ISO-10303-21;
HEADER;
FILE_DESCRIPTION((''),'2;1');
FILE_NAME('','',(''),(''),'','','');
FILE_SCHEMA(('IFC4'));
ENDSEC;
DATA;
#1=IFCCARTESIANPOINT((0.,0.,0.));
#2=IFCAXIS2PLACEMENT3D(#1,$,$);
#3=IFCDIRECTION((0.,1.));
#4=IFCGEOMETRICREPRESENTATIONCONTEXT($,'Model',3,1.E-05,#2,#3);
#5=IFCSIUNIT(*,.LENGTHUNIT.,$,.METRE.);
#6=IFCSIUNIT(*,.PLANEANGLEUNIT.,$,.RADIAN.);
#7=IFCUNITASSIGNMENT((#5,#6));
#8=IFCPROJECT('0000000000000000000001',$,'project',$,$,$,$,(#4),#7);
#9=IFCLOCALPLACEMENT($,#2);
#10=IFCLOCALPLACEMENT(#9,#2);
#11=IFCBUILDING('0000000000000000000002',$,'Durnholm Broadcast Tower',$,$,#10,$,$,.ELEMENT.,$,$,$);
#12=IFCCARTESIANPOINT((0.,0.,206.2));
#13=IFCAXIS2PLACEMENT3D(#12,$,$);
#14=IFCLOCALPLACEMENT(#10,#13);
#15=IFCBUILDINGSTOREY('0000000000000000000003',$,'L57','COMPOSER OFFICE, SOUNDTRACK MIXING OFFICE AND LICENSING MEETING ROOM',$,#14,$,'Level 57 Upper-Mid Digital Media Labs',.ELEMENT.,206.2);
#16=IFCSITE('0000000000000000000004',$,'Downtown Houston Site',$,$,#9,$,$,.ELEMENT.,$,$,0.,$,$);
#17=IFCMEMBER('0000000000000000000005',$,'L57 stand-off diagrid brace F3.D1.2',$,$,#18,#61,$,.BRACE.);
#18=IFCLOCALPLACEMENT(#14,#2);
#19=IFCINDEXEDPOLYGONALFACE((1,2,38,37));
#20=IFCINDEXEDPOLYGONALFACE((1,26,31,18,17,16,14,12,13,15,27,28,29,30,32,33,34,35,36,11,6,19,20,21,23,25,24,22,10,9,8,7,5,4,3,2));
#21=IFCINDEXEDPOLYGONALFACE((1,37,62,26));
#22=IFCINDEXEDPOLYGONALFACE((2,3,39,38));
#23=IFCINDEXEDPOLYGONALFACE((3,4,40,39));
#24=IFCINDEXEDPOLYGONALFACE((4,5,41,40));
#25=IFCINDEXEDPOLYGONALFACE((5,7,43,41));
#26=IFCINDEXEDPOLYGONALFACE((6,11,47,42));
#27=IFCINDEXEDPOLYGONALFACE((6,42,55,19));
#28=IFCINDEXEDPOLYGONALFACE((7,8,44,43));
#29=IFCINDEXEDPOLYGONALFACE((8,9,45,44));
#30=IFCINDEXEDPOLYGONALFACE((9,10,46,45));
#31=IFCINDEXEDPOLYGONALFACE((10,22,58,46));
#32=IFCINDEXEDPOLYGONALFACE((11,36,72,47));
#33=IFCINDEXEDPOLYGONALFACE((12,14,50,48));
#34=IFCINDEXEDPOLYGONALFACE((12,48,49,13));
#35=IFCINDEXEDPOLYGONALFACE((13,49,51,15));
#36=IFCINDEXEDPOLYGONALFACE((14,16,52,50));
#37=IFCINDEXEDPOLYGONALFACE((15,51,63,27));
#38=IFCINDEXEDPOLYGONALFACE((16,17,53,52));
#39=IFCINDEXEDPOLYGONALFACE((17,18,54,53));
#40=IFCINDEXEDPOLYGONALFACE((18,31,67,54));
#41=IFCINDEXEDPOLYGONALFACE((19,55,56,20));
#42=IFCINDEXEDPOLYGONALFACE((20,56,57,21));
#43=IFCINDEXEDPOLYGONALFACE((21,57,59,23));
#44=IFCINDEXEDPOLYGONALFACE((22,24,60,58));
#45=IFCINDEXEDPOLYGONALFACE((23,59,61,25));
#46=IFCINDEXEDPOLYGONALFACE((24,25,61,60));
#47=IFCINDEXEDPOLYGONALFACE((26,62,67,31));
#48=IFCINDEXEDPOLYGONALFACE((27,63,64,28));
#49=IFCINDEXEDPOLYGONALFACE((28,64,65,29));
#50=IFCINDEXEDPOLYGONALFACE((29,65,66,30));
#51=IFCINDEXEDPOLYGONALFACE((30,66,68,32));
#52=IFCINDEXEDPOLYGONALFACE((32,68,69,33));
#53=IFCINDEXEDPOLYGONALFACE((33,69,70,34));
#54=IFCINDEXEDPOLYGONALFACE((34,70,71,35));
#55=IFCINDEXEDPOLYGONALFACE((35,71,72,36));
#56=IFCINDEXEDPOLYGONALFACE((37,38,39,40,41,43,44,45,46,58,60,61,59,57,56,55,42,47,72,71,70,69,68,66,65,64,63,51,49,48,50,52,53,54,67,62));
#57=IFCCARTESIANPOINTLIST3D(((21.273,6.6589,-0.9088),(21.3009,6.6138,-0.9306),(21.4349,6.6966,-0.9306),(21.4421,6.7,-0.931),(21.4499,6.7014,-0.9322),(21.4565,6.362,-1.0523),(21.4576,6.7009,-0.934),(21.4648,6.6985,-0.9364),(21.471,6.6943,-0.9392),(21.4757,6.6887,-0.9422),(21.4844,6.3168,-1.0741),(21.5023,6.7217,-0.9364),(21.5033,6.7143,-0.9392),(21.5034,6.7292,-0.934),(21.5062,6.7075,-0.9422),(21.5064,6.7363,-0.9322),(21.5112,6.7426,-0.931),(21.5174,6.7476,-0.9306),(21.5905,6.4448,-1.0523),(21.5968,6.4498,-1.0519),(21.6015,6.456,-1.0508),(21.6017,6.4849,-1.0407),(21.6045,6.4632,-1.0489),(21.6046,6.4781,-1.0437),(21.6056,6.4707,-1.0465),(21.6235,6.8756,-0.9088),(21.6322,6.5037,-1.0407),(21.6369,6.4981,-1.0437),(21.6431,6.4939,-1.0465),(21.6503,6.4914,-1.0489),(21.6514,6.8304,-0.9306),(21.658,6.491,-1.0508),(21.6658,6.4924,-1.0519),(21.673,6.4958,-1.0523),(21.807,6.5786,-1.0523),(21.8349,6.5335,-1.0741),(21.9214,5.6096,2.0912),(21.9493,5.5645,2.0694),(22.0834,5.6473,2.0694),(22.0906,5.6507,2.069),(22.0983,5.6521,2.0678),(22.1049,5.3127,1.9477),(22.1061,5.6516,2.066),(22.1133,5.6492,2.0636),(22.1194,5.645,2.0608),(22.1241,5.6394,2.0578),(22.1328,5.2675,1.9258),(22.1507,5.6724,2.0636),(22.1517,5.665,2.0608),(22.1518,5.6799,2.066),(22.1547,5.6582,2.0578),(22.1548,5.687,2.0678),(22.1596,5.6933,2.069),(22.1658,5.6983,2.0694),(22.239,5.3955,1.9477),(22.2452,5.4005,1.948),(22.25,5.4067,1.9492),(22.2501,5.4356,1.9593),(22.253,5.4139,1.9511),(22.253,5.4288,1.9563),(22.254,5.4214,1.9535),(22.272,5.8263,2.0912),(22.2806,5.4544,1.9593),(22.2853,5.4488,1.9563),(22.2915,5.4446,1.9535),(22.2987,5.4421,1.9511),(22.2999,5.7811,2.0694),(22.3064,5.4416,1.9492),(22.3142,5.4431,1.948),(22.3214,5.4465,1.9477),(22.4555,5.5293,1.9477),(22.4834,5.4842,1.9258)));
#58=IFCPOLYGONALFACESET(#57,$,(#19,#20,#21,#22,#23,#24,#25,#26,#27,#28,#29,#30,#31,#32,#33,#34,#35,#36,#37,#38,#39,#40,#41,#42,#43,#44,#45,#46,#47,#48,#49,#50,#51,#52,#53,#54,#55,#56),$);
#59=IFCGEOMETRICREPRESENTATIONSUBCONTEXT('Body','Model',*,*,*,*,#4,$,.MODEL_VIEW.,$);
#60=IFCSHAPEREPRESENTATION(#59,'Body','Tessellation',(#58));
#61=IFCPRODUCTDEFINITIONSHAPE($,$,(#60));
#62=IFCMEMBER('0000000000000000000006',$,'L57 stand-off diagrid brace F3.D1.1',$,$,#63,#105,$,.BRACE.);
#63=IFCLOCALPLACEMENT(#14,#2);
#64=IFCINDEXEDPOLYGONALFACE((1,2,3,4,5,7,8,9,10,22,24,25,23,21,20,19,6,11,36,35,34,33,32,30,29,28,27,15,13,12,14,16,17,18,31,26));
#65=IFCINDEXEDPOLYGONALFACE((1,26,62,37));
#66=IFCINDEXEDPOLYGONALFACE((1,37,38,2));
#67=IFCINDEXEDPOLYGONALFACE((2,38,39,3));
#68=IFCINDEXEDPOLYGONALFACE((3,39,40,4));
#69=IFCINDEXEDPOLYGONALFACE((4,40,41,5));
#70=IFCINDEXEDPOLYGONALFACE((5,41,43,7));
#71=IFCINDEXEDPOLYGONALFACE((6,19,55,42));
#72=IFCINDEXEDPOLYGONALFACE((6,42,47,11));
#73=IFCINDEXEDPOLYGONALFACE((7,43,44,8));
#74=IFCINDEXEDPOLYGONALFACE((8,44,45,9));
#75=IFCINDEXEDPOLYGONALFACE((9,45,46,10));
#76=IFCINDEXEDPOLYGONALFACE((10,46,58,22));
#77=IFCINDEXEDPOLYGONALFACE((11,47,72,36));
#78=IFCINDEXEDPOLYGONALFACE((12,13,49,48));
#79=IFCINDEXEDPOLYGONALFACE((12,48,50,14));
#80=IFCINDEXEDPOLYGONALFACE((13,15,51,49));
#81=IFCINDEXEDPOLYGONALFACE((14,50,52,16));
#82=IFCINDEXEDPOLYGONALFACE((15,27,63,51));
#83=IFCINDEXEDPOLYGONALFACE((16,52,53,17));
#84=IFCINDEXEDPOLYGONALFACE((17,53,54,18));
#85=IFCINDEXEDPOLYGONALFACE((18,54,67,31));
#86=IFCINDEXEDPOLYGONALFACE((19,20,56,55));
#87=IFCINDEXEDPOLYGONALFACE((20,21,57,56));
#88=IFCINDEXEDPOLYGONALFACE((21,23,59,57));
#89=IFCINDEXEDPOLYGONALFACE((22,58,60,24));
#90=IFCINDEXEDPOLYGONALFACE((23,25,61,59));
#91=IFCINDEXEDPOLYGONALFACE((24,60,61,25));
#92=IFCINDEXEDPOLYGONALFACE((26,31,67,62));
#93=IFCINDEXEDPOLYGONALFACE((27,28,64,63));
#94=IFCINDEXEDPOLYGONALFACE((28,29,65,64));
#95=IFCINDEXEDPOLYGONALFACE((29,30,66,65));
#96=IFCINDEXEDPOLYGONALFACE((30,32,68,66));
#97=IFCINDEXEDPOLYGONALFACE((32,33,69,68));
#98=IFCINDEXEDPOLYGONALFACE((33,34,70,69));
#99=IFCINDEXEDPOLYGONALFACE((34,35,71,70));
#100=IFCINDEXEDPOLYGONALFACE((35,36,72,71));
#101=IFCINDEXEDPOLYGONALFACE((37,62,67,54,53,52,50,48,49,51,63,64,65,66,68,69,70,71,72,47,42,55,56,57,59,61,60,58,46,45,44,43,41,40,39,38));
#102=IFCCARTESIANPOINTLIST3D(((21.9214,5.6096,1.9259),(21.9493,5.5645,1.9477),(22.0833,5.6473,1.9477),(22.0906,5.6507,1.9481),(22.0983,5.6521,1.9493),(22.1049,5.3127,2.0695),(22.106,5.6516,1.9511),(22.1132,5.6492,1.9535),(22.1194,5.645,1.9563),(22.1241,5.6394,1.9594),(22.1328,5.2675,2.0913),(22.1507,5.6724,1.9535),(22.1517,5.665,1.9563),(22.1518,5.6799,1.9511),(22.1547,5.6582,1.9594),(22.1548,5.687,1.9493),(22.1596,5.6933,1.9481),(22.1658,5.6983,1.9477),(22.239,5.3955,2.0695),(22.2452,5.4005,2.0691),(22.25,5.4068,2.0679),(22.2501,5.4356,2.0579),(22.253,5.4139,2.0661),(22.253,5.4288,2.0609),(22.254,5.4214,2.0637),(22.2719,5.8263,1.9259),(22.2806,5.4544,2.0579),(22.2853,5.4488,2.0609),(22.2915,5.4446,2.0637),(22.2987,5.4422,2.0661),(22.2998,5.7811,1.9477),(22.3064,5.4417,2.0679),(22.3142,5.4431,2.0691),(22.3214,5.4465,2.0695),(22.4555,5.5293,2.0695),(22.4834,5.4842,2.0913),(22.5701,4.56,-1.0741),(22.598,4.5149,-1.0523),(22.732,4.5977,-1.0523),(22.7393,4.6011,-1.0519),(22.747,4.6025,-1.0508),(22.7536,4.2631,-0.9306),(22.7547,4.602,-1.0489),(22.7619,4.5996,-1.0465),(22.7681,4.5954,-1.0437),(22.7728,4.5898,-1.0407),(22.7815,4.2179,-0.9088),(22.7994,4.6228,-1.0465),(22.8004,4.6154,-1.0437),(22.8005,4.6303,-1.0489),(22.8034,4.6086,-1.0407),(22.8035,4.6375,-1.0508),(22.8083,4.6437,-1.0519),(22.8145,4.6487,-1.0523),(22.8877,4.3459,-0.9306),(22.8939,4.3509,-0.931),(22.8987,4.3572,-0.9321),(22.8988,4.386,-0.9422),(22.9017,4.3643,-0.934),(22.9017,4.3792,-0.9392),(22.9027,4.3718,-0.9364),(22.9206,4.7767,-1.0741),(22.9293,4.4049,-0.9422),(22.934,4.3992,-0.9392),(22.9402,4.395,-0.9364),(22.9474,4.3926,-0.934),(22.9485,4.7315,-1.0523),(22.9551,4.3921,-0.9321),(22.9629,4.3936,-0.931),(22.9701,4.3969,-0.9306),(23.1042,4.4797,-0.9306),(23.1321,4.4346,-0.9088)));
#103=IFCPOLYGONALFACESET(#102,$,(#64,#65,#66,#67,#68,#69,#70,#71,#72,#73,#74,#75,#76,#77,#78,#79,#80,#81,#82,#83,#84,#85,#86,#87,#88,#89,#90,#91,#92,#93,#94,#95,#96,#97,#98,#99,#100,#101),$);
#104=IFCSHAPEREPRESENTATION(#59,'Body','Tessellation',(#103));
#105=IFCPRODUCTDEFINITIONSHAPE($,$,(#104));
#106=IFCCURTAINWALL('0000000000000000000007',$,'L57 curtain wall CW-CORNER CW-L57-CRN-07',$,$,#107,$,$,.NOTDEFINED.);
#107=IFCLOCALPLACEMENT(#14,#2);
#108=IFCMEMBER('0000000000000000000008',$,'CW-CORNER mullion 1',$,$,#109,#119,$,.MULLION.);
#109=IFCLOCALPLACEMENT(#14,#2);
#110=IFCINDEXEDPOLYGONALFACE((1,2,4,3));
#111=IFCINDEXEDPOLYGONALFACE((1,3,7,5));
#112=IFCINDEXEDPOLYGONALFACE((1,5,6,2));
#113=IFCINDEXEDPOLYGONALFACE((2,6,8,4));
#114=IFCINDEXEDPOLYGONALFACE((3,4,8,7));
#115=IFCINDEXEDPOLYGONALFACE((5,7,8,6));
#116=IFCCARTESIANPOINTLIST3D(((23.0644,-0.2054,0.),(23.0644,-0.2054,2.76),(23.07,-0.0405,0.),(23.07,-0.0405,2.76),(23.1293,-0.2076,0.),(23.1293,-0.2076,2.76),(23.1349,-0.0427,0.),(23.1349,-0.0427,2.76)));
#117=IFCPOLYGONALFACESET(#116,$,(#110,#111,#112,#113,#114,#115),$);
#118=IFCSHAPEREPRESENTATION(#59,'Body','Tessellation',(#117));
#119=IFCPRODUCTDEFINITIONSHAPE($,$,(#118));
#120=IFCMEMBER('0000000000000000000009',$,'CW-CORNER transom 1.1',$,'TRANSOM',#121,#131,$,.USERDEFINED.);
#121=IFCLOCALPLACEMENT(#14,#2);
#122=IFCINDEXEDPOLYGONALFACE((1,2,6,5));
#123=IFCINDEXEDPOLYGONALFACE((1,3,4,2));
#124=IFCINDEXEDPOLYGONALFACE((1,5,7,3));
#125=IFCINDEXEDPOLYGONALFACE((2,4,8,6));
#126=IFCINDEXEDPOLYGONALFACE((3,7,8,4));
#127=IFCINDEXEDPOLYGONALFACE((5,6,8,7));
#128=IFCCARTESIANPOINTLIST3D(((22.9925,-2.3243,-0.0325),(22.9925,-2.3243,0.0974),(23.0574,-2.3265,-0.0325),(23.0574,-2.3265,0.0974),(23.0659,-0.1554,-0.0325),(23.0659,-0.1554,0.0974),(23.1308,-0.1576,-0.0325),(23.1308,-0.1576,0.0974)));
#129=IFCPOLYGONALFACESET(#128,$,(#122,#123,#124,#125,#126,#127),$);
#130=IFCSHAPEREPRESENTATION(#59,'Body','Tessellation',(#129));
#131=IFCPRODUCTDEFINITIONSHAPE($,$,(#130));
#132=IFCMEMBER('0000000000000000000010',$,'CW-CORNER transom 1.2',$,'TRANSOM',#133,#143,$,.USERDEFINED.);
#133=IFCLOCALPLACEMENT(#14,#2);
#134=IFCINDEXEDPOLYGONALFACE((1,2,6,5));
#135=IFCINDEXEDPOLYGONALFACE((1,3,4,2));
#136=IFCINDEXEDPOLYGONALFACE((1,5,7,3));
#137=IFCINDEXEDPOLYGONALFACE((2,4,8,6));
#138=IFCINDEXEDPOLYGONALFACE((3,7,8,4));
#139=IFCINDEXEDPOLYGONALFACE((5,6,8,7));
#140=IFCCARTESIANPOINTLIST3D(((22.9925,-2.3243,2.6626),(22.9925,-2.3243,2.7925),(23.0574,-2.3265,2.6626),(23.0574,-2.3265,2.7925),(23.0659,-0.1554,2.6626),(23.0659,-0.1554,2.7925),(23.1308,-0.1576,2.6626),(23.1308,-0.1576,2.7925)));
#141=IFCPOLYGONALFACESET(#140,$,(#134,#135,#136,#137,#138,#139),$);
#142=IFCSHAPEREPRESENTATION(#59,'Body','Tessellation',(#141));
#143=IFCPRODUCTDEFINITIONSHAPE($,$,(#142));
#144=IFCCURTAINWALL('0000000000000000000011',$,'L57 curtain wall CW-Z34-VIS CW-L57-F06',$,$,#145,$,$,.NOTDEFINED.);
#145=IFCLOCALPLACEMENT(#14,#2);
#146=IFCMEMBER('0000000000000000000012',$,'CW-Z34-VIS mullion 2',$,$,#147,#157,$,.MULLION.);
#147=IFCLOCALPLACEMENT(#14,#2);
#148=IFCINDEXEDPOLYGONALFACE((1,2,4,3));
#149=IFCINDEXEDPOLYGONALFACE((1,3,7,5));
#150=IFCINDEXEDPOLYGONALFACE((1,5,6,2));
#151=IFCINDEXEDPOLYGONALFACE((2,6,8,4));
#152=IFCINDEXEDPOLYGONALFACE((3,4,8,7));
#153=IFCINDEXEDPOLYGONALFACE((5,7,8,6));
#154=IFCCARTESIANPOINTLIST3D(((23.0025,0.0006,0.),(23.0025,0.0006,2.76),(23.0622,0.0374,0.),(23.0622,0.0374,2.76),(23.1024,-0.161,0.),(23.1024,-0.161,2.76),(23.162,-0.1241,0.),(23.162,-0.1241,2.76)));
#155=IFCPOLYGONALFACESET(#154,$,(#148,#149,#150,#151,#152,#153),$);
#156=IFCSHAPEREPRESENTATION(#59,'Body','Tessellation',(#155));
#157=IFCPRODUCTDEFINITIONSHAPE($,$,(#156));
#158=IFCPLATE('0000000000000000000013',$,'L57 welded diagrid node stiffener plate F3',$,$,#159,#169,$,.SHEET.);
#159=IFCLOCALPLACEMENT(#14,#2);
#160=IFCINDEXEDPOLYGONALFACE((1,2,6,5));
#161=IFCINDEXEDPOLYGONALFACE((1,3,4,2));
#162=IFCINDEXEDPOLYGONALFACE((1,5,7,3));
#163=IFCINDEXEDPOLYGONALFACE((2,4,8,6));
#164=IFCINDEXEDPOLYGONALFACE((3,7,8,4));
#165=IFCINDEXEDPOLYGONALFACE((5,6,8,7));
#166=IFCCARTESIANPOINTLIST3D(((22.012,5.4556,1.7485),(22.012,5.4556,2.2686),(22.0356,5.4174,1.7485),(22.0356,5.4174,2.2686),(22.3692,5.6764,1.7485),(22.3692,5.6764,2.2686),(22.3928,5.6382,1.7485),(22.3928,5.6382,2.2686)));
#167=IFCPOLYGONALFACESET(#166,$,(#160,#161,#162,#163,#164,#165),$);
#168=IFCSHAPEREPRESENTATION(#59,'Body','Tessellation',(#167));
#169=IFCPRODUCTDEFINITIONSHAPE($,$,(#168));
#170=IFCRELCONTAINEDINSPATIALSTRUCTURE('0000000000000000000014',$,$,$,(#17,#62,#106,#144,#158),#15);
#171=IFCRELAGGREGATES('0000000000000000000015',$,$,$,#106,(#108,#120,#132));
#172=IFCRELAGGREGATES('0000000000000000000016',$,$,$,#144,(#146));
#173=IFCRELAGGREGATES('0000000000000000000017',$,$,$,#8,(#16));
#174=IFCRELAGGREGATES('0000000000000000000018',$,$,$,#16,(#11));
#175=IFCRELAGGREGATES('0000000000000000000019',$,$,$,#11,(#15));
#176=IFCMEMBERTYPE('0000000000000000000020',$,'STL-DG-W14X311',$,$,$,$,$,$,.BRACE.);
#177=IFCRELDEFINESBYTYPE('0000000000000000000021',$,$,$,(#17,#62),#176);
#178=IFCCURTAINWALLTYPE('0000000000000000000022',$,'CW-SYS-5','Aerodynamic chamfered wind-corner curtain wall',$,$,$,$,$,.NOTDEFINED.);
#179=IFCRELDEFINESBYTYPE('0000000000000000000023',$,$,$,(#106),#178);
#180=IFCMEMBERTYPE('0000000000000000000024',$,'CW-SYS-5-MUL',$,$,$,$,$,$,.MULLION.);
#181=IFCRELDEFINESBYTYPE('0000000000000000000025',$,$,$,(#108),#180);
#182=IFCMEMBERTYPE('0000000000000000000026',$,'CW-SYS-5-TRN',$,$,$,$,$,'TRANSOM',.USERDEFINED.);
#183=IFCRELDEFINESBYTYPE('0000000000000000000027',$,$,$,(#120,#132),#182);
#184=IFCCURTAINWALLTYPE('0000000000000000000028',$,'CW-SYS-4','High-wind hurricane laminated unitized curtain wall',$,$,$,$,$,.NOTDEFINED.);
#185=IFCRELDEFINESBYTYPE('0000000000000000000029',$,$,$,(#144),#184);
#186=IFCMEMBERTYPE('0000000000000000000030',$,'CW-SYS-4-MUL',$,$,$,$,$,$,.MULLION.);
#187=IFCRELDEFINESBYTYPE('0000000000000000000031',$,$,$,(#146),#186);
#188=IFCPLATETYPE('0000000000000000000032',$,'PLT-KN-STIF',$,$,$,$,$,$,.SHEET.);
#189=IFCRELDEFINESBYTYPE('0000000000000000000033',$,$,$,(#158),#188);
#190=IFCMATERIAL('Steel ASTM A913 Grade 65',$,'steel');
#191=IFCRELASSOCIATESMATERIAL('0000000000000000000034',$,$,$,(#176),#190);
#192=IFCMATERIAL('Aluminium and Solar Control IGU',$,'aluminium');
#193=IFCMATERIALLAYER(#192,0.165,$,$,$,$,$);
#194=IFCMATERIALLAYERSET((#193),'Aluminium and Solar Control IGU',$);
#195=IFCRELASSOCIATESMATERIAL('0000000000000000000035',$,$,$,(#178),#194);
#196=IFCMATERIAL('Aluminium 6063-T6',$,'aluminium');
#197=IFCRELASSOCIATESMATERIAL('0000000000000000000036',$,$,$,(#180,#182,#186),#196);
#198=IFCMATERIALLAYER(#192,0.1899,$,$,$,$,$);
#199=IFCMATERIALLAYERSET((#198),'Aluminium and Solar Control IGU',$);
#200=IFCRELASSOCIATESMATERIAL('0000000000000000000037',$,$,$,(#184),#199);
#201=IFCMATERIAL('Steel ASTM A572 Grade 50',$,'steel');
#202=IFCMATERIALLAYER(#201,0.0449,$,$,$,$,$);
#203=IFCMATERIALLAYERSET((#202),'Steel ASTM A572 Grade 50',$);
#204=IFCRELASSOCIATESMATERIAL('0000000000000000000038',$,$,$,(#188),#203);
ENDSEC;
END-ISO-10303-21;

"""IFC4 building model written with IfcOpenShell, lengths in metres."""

from ifc_helpers import new_model, si_unit, direction, frame, origin, origin_2d, place, context, subcontext, project, spatial, rectangle, i_section, extrude, source, transform, mapped, material, layer, layer_set, material_profile, profile_set, type_object, type_shapes, element, aggregate, save


model = new_model("IFC4")

# Units and contexts
model_context = context("Model", 3, precision=1e-05, world=origin(), true_north=direction((0.0, 1.0)))
body_context = subcontext(model_context, "Body", "Model", "MODEL_VIEW")
ifc_project = project(units=[si_unit("LENGTHUNIT", "METRE"), si_unit("PLANEANGLEUNIT", "RADIAN")], contexts=[model_context])

# Site, building, storey
site_placement = place(None, origin())
site = spatial("IfcSite", under=ifc_project, at=site_placement, Name="Downtown Houston Site", CompositionType="ELEMENT", RefElevation=0.0)
building_placement = place(site_placement, origin())
building = spatial("IfcBuilding", under=site, at=building_placement, Name="Durnholm Broadcast Tower", CompositionType="ELEMENT")
storey_placement = place(building_placement, frame((0.0, 0.0, 206.2)))
storey = spatial("IfcBuildingStorey", under=building, at=storey_placement, Name="L57", Description="COMPOSER OFFICE, SOUNDTRACK MIXING OFFICE AND LICENSING MEETING ROOM", LongName="Level 57 Upper-Mid Digital Media Labs", CompositionType="ELEMENT", Elevation=206.2)

# Members
ifc_material_1 = material(Name="Steel ASTM A913 Grade 65", Category="steel")
ifc_material_profile_1 = material_profile(ifc_material_1, i_section(OverallWidth=0.4121, OverallDepth=0.4348, WebThickness=0.0359, FlangeThickness=0.0574, FilletRadius=0.0305, at=origin_2d()), Name="W14X311")
ifc_profile_set_1 = profile_set([ifc_material_profile_1], Name="Steel ASTM A913 Grade 65")
member_type_1 = type_object("IfcMemberType", Name="STL-DG-W14X311", PredefinedType="BRACE", material=ifc_profile_set_1)
shared_shape_1 = source(origin(), body_context, "Body", "SweptSolid", [
    extrude(i_section(OverallWidth=0.4121, OverallDepth=0.4348, WebThickness=0.0359, FlangeThickness=0.0574, FilletRadius=0.0305, at=origin_2d()), origin(), (0.0, 0.0, 1.0), 3.2437),
])
member_1_placement = place(storey_placement, frame((21.554, 6.5962, -0.9915), z_axis=(0.199907, -0.323494, 0.924872), x_axis=(0.850678, 0.525687, 0.0)))
element("IfcMember", 1, at=member_1_placement, inside=storey, type_object=member_type_1, Name="L57 stand-off diagrid brace F3.D1.2", PredefinedType="BRACE", context=body_context, shape_type="MappedRepresentation", body=[
    mapped(shared_shape_1, transform((0.0, 0.0, 0.0), x_axis=(1.0, 0.0, 0.0), y_axis=(0.0, 1.0, 0.0), z_axis=(0.0, 0.0, 1.0), scale=1.0)),
])
shared_shape_2 = source(origin(), body_context, "Body", "SweptSolid", [
    extrude(i_section(OverallWidth=0.4121, OverallDepth=0.4348, WebThickness=0.0359, FlangeThickness=0.0574, FilletRadius=0.0305, at=origin_2d()), origin(), (0.0, 0.0, 1.0), 3.2439),
])
type_shapes(member_type_1, [shared_shape_1, shared_shape_2])
member_2_placement = place(storey_placement, frame((22.8511, 4.4973, -0.9915), z_axis=(-0.199975, 0.323557, 0.924836), x_axis=(-0.850644, -0.525741, 0.0)))
element("IfcMember", 2, at=member_2_placement, inside=storey, type_object=member_type_1, Name="L57 stand-off diagrid brace F3.D1.1", PredefinedType="BRACE", context=body_context, shape_type="MappedRepresentation", body=[
    mapped(shared_shape_2, transform((0.0, 0.0, 0.0), x_axis=(1.0, 0.0, 0.0), y_axis=(0.0, 1.0, 0.0), z_axis=(0.0, 0.0, 1.0), scale=1.0)),
])

# Curtain wall, members
ifc_material_2 = material(Name="Aluminium and Solar Control IGU", Category="aluminium")
ifc_layer_1 = layer(ifc_material_2, 0.165)
ifc_layer_set_1 = layer_set([ifc_layer_1], Name="Aluminium and Solar Control IGU")
curtain_wall_type_1 = type_object("IfcCurtainWallType", Name="CW-SYS-5", Description="Aerodynamic chamfered wind-corner curtain wall", PredefinedType="NOTDEFINED", material=ifc_layer_set_1)
curtain_wall_1_placement = place(storey_placement, origin())
curtain_wall_1 = element("IfcCurtainWall", 3, at=curtain_wall_1_placement, inside=storey, type_object=curtain_wall_type_1, Name="L57 curtain wall CW-CORNER CW-L57-CRN-07", PredefinedType="NOTDEFINED")
ifc_material_3 = material(Name="Aluminium 6063-T6", Category="aluminium")
ifc_material_profile_2 = material_profile(ifc_material_3, rectangle(XDim=0.0649, YDim=0.165, at=origin_2d()), Name="CWM65X165")
ifc_profile_set_2 = profile_set([ifc_material_profile_2], Name="Aluminium 6063-T6")
member_type_2 = type_object("IfcMemberType", Name="CW-SYS-5-MUL", PredefinedType="MULLION", material=ifc_profile_set_2)
shared_shape_3 = source(origin(), body_context, "Body", "SweptSolid", [
    extrude(rectangle(XDim=0.0649, YDim=0.165, at=origin_2d()), origin(), (0.0, 0.0, 1.0), 2.76),
])
type_shapes(member_type_2, [shared_shape_3])
member_3_placement = place(storey_placement, frame((23.0996, -0.124, 0.0), z_axis=(0.0, 0.0, 1.0), x_axis=(0.999425, -0.033913, 0.0)))
member_3 = element("IfcMember", 4, at=member_3_placement, type_object=member_type_2, Name="CW-CORNER mullion 1", PredefinedType="MULLION", context=body_context, shape_type="MappedRepresentation", body=[
    mapped(shared_shape_3, transform((0.0, 0.0, 0.0), x_axis=(1.0, 0.0, 0.0), y_axis=(0.0, 1.0, 0.0), z_axis=(0.0, 0.0, 1.0), scale=1.0)),
])
ifc_material_profile_3 = material_profile(ifc_material_3, rectangle(XDim=0.0649, YDim=0.1299, at=origin_2d()), Name="CWT65X130")
ifc_profile_set_3 = profile_set([ifc_material_profile_3], Name="Aluminium 6063-T6")
member_type_3 = type_object("IfcMemberType", Name="CW-SYS-5-TRN", ElementType="TRANSOM", PredefinedType="USERDEFINED", material=ifc_profile_set_3)
shared_shape_4 = source(origin(), body_context, "Body", "SweptSolid", [
    extrude(rectangle(XDim=0.0649, YDim=0.1299, at=origin_2d()), origin(), (0.0, 0.0, 1.0), 2.1702),
])
type_shapes(member_type_3, [shared_shape_4])
member_4_placement = place(storey_placement, frame((23.0984, -0.1565, 0.0325), z_axis=(-0.033862, -0.999427, 0.0), x_axis=(0.999427, -0.033862, 0.0)))
member_4 = element("IfcMember", 5, at=member_4_placement, type_object=member_type_3, Name="CW-CORNER transom 1.1", ObjectType="TRANSOM", PredefinedType="USERDEFINED", context=body_context, shape_type="MappedRepresentation", body=[
    mapped(shared_shape_4, transform((0.0, 0.0, 0.0), x_axis=(1.0, 0.0, 0.0), y_axis=(0.0, 1.0, 0.0), z_axis=(0.0, 0.0, 1.0), scale=1.0)),
])
member_5_placement = place(storey_placement, frame((23.0984, -0.1565, 2.7275), z_axis=(-0.033862, -0.999427, 0.0), x_axis=(0.999427, -0.033862, 0.0)))
member_5 = element("IfcMember", 6, at=member_5_placement, type_object=member_type_3, Name="CW-CORNER transom 1.2", ObjectType="TRANSOM", PredefinedType="USERDEFINED", context=body_context, shape_type="MappedRepresentation", body=[
    mapped(shared_shape_4, transform((0.0, 0.0, 0.0), x_axis=(1.0, 0.0, 0.0), y_axis=(0.0, 1.0, 0.0), z_axis=(0.0, 0.0, 1.0), scale=1.0)),
])
aggregate(curtain_wall_1, [member_3, member_4, member_5])

# Curtain wall, member
ifc_layer_2 = layer(ifc_material_2, 0.1899)
ifc_layer_set_2 = layer_set([ifc_layer_2], Name="Aluminium and Solar Control IGU")
curtain_wall_type_2 = type_object("IfcCurtainWallType", Name="CW-SYS-4", Description="High-wind hurricane laminated unitized curtain wall", PredefinedType="NOTDEFINED", material=ifc_layer_set_2)
curtain_wall_2_placement = place(storey_placement, origin())
curtain_wall_2 = element("IfcCurtainWall", 7, at=curtain_wall_2_placement, inside=storey, type_object=curtain_wall_type_2, Name="L57 curtain wall CW-Z34-VIS CW-L57-F06", PredefinedType="NOTDEFINED")
ifc_material_profile_4 = material_profile(ifc_material_3, rectangle(XDim=0.0701, YDim=0.1899, at=origin_2d()), Name="CWM70X190")
ifc_profile_set_4 = profile_set([ifc_material_profile_4], Name="Aluminium 6063-T6")
member_type_4 = type_object("IfcMemberType", Name="CW-SYS-4-MUL", PredefinedType="MULLION", material=ifc_profile_set_4)
shared_shape_5 = source(origin(), body_context, "Body", "SweptSolid", [
    extrude(rectangle(XDim=0.0701, YDim=0.1899, at=origin_2d()), origin(), (0.0, 0.0, 1.0), 2.76),
])
type_shapes(member_type_4, [shared_shape_5])
member_6_placement = place(storey_placement, frame((23.0823, -0.0618, 0.0), z_axis=(0.0, 0.0, 1.0), x_axis=(0.850671, 0.525698, 0.0)))
member_6 = element("IfcMember", 8, at=member_6_placement, type_object=member_type_4, Name="CW-Z34-VIS mullion 2", PredefinedType="MULLION", context=body_context, shape_type="MappedRepresentation", body=[
    mapped(shared_shape_5, transform((0.0, 0.0, 0.0), x_axis=(1.0, 0.0, 0.0), y_axis=(0.0, 1.0, 0.0), z_axis=(0.0, 0.0, 1.0), scale=1.0)),
])

# Plate
ifc_material_4 = material(Name="Steel ASTM A572 Grade 50", Category="steel")
ifc_layer_3 = layer(ifc_material_4, 0.0449)
ifc_layer_set_3 = layer_set([ifc_layer_3], Name="Steel ASTM A572 Grade 50")
plate_type_1 = type_object("IfcPlateType", Name="PLT-KN-STIF", PredefinedType="SHEET", material=ifc_layer_set_3)
shared_shape_6 = source(origin(), body_context, "Body", "SweptSolid", [
    extrude(rectangle(XDim=0.0449, YDim=0.4199, at=origin_2d()), origin(), (0.0, 0.0, 1.0), 0.52),
])
type_shapes(plate_type_1, [shared_shape_6])
plate_1_placement = place(storey_placement, frame((22.2024, 5.5469, 1.7485), z_axis=(0.0, 0.0, 1.0), x_axis=(-0.525769, 0.850628, 0.0)))
element("IfcPlate", 9, at=plate_1_placement, inside=storey, type_object=plate_type_1, Name="L57 welded diagrid node stiffener plate F3", PredefinedType="SHEET", context=body_context, shape_type="MappedRepresentation", body=[
    mapped(shared_shape_6, transform((0.0, 0.0, 0.0), x_axis=(1.0, 0.0, 0.0), y_axis=(0.0, 1.0, 0.0), z_axis=(0.0, 0.0, 1.0), scale=1.0)),
])

aggregate(curtain_wall_2, [member_6])

save(model, "model.ifc")
